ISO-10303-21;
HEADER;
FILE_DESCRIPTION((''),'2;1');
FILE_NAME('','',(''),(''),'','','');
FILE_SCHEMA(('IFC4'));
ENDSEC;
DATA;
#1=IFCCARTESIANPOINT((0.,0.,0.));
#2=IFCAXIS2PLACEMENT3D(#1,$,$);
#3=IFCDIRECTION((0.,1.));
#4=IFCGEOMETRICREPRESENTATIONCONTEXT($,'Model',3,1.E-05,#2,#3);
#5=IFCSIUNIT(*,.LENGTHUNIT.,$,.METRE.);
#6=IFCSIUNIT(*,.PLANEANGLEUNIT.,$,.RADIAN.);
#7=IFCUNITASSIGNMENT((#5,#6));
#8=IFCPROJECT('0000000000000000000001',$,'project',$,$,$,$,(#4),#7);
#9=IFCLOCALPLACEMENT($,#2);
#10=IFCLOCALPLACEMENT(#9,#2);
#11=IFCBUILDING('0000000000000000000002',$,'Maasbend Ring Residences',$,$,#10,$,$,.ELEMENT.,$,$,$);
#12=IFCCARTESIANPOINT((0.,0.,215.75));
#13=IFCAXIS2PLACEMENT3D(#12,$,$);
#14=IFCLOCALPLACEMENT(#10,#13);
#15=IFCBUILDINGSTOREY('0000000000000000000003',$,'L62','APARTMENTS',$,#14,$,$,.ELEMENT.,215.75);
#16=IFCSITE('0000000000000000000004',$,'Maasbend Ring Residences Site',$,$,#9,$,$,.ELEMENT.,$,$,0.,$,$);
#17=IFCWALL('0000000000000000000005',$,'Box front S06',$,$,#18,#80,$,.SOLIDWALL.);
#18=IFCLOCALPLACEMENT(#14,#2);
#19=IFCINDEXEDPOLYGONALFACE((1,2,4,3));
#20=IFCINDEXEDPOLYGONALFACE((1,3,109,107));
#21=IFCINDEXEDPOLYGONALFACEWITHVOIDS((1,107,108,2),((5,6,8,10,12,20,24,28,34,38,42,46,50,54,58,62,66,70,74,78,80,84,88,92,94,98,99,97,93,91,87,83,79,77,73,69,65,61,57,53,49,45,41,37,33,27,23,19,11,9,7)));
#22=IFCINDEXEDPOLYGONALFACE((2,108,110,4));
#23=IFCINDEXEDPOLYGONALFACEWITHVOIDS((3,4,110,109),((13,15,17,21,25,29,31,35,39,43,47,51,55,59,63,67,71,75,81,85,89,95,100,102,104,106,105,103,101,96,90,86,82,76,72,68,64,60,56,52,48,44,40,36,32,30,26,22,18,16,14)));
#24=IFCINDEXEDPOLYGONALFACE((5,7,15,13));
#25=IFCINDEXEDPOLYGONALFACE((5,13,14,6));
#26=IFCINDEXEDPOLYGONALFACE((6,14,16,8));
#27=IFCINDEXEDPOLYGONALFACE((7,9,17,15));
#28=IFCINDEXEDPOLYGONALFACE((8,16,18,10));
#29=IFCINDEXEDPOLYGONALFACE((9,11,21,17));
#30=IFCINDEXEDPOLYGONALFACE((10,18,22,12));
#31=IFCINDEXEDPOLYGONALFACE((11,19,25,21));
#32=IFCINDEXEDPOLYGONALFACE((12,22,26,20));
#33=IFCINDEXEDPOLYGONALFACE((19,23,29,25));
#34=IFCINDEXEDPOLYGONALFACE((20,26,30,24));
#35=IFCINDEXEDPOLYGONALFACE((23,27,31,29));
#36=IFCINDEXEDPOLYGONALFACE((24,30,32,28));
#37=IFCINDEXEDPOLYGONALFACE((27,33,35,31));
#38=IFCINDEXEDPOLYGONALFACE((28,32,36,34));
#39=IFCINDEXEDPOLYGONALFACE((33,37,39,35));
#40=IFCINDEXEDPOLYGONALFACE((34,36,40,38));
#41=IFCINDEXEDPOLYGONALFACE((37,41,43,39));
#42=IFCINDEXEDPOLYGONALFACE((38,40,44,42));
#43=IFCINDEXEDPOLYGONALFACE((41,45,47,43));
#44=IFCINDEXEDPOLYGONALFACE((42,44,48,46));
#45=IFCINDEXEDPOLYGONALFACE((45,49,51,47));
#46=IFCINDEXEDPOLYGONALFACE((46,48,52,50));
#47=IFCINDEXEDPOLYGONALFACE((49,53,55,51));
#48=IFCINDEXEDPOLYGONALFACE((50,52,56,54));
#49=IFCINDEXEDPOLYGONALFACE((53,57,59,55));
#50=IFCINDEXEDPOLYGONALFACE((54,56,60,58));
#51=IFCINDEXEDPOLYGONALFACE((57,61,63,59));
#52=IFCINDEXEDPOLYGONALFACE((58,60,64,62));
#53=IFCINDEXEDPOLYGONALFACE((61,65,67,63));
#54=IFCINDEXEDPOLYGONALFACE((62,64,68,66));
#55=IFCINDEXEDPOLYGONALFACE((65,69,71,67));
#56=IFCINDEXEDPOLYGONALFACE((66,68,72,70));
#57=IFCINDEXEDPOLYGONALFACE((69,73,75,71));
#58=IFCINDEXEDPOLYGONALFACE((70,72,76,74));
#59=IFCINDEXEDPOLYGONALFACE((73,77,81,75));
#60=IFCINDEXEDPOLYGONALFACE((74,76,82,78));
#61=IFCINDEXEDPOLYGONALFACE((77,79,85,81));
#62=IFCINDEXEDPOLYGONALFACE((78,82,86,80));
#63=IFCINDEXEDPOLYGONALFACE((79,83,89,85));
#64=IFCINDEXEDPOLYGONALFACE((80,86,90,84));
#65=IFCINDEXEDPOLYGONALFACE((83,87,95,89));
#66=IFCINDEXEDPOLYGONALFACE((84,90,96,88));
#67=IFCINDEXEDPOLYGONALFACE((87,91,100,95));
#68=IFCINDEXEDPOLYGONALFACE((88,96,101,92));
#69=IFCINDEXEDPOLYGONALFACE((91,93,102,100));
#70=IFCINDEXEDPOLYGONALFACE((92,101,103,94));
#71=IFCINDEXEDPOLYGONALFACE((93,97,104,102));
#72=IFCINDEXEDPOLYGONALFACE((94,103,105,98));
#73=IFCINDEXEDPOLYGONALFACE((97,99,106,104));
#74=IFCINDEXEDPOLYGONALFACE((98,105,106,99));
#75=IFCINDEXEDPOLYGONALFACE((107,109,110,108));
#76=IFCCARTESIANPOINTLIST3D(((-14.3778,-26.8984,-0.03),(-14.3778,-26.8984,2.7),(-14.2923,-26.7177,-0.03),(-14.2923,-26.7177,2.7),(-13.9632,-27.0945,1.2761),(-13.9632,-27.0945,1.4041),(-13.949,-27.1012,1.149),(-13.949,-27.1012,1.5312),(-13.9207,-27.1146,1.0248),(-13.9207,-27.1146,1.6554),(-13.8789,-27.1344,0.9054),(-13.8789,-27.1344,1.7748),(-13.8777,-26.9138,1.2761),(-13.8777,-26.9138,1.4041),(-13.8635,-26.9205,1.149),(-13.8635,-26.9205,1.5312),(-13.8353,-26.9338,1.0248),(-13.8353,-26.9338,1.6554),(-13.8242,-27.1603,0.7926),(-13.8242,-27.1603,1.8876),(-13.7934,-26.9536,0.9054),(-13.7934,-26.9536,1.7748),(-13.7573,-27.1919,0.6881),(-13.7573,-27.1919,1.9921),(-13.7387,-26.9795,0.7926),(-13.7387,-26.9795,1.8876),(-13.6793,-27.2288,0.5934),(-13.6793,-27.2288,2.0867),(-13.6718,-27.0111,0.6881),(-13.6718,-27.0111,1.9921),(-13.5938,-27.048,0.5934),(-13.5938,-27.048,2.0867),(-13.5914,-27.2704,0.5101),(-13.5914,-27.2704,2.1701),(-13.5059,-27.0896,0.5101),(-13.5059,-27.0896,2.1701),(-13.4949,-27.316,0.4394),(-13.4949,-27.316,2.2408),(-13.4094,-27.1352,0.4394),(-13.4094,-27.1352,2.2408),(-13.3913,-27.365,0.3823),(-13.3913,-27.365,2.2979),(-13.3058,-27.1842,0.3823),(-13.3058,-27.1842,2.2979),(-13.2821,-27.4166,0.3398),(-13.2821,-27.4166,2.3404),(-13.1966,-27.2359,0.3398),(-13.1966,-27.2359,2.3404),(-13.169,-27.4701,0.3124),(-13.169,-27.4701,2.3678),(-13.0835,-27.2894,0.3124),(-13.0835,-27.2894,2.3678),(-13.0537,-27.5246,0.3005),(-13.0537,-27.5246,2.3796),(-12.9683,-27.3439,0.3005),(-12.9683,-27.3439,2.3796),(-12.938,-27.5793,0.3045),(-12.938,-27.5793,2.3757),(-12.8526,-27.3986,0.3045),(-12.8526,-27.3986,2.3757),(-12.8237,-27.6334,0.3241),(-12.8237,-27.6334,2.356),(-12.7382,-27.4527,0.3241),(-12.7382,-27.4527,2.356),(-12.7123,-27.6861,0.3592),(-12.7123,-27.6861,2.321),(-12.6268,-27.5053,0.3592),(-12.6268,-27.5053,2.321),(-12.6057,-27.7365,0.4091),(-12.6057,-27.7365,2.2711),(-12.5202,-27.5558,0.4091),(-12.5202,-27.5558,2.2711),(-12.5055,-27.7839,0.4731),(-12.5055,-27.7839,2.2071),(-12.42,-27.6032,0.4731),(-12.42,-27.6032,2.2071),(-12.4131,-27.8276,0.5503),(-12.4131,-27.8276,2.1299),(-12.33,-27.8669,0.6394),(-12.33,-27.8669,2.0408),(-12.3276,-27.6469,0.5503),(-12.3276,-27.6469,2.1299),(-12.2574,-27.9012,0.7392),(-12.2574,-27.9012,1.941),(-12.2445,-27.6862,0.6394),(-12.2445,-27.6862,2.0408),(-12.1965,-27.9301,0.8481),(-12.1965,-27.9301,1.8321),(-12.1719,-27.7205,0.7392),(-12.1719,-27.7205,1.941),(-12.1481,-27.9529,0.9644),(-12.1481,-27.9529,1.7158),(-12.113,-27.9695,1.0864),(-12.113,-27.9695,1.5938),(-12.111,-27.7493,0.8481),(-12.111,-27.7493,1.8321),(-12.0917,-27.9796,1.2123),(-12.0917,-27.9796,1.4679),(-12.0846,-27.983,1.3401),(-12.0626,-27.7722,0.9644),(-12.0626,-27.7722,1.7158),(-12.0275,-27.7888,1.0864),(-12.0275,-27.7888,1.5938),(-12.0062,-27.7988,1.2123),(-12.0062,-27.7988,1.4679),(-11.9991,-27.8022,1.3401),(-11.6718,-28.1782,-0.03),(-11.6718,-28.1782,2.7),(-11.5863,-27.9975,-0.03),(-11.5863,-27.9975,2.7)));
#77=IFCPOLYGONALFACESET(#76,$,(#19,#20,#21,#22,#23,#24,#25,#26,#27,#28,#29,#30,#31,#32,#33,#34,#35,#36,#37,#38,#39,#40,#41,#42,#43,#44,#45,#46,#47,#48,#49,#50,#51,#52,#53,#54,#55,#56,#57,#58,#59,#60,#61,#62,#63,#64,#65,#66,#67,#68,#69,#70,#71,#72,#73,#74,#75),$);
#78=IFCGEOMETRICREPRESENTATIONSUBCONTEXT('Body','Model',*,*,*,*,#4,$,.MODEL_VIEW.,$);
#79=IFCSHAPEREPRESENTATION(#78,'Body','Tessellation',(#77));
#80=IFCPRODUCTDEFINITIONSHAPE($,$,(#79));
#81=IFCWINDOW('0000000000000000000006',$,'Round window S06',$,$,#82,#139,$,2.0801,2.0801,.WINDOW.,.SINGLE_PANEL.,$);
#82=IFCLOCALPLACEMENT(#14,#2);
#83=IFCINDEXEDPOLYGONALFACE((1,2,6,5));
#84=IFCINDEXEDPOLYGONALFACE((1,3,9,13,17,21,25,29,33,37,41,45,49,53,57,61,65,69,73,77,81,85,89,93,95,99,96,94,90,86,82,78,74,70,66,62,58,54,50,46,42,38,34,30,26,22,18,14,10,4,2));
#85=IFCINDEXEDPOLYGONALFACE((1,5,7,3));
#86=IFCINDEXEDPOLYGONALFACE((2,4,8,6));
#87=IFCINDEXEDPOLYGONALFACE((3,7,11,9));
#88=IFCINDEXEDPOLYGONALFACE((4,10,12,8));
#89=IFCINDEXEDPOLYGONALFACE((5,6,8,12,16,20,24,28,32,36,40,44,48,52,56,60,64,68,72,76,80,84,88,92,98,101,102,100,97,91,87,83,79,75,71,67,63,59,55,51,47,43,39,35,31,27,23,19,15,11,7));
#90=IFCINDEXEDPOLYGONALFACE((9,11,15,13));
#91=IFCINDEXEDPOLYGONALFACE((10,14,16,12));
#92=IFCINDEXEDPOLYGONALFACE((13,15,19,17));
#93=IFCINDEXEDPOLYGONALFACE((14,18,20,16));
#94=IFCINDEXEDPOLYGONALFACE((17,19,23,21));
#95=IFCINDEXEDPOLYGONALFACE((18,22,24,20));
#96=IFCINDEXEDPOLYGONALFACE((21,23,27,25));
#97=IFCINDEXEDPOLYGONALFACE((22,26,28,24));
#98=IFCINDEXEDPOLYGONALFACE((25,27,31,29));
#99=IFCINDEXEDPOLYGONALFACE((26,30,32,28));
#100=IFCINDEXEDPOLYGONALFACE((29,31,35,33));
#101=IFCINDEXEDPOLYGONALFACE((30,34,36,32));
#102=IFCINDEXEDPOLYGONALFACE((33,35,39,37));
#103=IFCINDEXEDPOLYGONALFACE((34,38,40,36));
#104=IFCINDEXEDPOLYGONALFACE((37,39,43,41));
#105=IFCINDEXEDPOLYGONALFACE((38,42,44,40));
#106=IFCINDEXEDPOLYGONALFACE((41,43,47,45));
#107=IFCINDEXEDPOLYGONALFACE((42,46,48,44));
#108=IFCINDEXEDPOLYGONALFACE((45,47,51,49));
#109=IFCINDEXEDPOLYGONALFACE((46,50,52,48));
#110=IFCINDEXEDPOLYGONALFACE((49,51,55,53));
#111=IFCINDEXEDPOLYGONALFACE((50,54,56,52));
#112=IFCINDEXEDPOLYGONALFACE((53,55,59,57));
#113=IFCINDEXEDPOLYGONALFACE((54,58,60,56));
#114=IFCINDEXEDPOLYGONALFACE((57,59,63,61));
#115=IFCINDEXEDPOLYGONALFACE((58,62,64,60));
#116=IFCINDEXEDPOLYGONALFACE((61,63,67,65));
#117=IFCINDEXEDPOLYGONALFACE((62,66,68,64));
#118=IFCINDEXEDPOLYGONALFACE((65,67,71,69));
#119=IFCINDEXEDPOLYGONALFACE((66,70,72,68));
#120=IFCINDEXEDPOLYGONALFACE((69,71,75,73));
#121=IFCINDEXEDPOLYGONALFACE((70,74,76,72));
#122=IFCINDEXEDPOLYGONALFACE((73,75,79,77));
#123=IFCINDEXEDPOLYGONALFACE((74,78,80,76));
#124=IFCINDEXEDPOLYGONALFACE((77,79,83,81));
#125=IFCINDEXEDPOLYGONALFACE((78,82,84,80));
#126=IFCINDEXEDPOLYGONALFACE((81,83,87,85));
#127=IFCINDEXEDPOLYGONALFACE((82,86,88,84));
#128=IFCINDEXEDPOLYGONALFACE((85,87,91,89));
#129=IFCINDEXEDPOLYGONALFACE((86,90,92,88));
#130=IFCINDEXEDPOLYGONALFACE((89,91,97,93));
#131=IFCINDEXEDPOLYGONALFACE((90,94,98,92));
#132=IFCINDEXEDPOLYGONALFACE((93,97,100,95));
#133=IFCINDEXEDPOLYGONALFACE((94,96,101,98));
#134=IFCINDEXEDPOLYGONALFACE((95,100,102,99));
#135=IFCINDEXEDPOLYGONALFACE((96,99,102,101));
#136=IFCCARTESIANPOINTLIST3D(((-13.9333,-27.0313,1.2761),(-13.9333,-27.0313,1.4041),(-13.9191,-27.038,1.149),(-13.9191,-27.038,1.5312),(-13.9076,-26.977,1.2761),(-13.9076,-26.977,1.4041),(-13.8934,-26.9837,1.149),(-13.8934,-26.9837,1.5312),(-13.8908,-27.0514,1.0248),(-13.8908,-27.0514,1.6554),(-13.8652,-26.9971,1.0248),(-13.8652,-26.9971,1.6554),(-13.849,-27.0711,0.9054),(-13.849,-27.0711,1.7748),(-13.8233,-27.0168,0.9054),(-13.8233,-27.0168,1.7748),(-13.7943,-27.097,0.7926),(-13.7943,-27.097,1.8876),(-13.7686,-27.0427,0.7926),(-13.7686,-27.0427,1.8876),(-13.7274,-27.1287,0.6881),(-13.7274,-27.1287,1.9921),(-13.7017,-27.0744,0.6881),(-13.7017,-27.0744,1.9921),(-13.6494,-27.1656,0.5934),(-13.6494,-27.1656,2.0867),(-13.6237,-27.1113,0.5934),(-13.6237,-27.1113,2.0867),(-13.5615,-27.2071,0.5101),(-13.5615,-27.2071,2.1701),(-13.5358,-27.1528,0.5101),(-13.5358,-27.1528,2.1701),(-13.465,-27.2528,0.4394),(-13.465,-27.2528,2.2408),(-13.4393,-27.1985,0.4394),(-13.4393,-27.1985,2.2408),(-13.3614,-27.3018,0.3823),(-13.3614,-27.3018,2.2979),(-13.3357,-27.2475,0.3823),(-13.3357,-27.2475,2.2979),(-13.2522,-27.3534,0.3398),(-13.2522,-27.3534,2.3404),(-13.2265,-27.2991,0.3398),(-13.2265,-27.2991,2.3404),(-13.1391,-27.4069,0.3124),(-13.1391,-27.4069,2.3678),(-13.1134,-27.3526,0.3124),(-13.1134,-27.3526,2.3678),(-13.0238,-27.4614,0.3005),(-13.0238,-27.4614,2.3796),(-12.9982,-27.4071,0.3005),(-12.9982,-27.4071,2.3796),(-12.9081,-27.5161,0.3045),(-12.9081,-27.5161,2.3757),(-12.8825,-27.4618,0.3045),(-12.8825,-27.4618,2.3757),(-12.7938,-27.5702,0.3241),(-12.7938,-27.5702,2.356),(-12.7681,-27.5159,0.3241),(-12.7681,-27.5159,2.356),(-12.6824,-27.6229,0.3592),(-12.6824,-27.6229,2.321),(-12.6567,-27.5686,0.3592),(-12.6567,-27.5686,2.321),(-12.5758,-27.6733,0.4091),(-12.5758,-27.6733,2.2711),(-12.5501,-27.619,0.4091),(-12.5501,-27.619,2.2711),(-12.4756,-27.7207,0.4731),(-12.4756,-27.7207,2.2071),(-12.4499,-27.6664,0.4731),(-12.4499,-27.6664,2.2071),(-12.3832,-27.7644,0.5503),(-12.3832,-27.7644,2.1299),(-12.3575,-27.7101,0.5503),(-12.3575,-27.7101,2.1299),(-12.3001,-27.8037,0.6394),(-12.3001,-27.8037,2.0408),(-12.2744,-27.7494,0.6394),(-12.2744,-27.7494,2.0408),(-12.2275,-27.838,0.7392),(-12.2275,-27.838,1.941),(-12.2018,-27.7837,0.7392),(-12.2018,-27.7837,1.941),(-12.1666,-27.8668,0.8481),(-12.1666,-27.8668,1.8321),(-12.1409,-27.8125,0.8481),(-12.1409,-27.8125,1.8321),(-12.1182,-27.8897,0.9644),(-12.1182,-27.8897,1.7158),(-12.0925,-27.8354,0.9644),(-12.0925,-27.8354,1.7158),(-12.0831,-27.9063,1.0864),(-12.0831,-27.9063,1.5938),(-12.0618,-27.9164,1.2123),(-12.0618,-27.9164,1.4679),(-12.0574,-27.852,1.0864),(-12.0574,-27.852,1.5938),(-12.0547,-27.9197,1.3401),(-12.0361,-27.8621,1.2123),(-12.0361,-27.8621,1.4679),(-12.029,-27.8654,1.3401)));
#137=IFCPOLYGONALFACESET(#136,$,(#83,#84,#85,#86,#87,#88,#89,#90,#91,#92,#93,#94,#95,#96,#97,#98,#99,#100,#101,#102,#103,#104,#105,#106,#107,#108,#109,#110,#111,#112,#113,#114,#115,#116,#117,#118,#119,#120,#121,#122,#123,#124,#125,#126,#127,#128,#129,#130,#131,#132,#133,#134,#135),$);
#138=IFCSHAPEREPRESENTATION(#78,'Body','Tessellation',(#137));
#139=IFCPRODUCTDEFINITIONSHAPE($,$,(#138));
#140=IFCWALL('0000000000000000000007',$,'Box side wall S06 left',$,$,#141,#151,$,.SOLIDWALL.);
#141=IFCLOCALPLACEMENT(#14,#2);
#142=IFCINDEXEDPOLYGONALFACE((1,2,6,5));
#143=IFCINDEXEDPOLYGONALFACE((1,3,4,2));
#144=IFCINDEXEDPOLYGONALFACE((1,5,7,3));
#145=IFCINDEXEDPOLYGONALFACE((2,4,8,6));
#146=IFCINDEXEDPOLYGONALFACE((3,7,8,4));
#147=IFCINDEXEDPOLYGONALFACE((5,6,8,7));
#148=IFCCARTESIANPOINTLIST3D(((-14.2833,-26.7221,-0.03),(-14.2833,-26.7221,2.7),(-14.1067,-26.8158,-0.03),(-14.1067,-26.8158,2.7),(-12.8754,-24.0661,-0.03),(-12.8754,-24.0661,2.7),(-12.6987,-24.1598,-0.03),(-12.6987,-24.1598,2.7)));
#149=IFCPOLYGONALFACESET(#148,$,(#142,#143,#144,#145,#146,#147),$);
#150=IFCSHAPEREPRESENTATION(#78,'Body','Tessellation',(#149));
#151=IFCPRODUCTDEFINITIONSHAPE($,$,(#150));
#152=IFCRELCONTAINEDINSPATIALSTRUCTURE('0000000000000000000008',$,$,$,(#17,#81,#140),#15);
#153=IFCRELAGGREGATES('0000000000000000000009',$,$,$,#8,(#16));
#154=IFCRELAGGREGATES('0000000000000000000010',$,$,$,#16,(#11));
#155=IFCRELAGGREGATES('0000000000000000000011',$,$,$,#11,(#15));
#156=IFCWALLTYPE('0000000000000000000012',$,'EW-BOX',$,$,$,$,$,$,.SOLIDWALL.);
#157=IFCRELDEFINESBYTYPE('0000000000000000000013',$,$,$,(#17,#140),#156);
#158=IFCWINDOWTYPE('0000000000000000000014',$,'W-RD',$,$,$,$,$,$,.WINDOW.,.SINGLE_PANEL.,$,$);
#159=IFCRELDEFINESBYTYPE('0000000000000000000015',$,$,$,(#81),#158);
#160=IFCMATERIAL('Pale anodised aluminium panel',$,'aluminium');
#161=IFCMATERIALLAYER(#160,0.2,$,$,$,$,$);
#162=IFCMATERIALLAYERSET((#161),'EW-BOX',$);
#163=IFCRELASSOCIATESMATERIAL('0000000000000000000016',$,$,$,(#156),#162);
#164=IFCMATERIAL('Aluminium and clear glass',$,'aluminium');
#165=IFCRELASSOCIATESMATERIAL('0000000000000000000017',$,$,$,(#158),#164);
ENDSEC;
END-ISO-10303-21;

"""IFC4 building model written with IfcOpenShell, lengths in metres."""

from ifc_helpers import new_model, si_unit, direction, frame, frame_2d, origin, place, context, subcontext, project, spatial, rectangle, circle, extrude, material, layer, layer_set, type_object, element, fill, save


model = new_model("IFC4")

# Units and contexts
model_context = context("Model", 3, precision=1e-05, world=origin(), true_north=direction((0.0, 1.0)))
body_context = subcontext(model_context, "Body", "Model", "MODEL_VIEW")
ifc_project = project(units=[si_unit("LENGTHUNIT", "METRE"), si_unit("PLANEANGLEUNIT", "RADIAN")], contexts=[model_context])

# Site, building, storey
site_placement = place(None, origin())
site = spatial("IfcSite", under=ifc_project, at=site_placement, Name="Maasbend Ring Residences Site", CompositionType="ELEMENT", RefElevation=0.0)
building_placement = place(site_placement, origin())
building = spatial("IfcBuilding", under=site, at=building_placement, Name="Maasbend Ring Residences", CompositionType="ELEMENT")
storey_placement = place(building_placement, frame((0.0, 0.0, 215.75)))
storey = spatial("IfcBuildingStorey", under=building, at=storey_placement, Name="L62", Description="APARTMENTS", CompositionType="ELEMENT", Elevation=215.75)

# Wall, opening, window
ifc_material_1 = material(Name="Pale anodised aluminium panel", Category="aluminium")
ifc_layer_1 = layer(ifc_material_1, 0.2)
ifc_layer_set_1 = layer_set([ifc_layer_1], Name="EW-BOX")
wall_type_1 = type_object("IfcWallType", Name="EW-BOX", PredefinedType="SOLIDWALL", material=ifc_layer_set_1)
wall_1_placement = place(storey_placement, frame((-14.335, -26.8081, -0.03), z_axis=(0.0, 0.0, 1.0), x_axis=(0.904, -0.427532, 0.0)))
wall_1 = element("IfcWall", 1, at=wall_1_placement, inside=storey, type_object=wall_type_1, Name="Box front S06", PredefinedType="SOLIDWALL", context=body_context, shape_type="SweptSolid", body=[
    extrude(rectangle(XDim=2.9934, YDim=0.2, at=frame_2d((1.4966, 0.0))), origin(), (0.0, 0.0, 1.0), 2.73),
])
opening_1_placement = place(wall_1_placement, frame((0.4565, 0.0, 0.3301)))
opening_1 = element("IfcOpeningElement", 2, at=opening_1_placement, cuts=wall_1, PredefinedType="OPENING", context=body_context, shape_type="SweptSolid", body=[
    extrude(circle(Radius=1.04, at=frame_2d((1.04, 1.04))), frame((0.0, 0.1099, 0.0), z_axis=(0.0, -1.0, 0.0), x_axis=(1.0, 0.0, 0.0)), (0.0, 0.0, 1.0), 0.22),
])
ifc_material_2 = material(Name="Aluminium and clear glass", Category="aluminium")
window_type_1 = type_object("IfcWindowType", Name="W-RD", PartitioningType="SINGLE_PANEL", PredefinedType="WINDOW", material=ifc_material_2)
window_1_placement = place(opening_1_placement, origin())
window_1 = element("IfcWindow", 3, at=window_1_placement, inside=storey, type_object=window_type_1, Name="Round window S06", OverallHeight=2.0801, OverallWidth=2.0801, PartitioningType="SINGLE_PANEL", PredefinedType="WINDOW", context=body_context, shape_type="SweptSolid", body=[
    extrude(circle(Radius=1.04, at=frame_2d((1.04, 1.04))), frame((0.0, 0.03, 0.0), z_axis=(0.0, -1.0, 0.0), x_axis=(1.0, 0.0, 0.0)), (0.0, 0.0, 1.0), 0.0601),
])
fill(opening_1, window_1)

# Wall
wall_2_placement = place(storey_placement, frame((-12.7871, -24.113, -0.03), z_axis=(0.0, 0.0, 1.0), x_axis=(-0.468365, -0.883535, 0.0)))
element("IfcWall", 4, at=wall_2_placement, inside=storey, type_object=wall_type_1, Name="Box side wall S06 left", PredefinedType="SOLIDWALL", context=body_context, shape_type="SweptSolid", body=[
    extrude(rectangle(XDim=3.0061, YDim=0.2, at=frame_2d((1.5029, 0.0))), origin(), (0.0, 0.0, 1.0), 2.73),
])

save(model, "model.ifc")
